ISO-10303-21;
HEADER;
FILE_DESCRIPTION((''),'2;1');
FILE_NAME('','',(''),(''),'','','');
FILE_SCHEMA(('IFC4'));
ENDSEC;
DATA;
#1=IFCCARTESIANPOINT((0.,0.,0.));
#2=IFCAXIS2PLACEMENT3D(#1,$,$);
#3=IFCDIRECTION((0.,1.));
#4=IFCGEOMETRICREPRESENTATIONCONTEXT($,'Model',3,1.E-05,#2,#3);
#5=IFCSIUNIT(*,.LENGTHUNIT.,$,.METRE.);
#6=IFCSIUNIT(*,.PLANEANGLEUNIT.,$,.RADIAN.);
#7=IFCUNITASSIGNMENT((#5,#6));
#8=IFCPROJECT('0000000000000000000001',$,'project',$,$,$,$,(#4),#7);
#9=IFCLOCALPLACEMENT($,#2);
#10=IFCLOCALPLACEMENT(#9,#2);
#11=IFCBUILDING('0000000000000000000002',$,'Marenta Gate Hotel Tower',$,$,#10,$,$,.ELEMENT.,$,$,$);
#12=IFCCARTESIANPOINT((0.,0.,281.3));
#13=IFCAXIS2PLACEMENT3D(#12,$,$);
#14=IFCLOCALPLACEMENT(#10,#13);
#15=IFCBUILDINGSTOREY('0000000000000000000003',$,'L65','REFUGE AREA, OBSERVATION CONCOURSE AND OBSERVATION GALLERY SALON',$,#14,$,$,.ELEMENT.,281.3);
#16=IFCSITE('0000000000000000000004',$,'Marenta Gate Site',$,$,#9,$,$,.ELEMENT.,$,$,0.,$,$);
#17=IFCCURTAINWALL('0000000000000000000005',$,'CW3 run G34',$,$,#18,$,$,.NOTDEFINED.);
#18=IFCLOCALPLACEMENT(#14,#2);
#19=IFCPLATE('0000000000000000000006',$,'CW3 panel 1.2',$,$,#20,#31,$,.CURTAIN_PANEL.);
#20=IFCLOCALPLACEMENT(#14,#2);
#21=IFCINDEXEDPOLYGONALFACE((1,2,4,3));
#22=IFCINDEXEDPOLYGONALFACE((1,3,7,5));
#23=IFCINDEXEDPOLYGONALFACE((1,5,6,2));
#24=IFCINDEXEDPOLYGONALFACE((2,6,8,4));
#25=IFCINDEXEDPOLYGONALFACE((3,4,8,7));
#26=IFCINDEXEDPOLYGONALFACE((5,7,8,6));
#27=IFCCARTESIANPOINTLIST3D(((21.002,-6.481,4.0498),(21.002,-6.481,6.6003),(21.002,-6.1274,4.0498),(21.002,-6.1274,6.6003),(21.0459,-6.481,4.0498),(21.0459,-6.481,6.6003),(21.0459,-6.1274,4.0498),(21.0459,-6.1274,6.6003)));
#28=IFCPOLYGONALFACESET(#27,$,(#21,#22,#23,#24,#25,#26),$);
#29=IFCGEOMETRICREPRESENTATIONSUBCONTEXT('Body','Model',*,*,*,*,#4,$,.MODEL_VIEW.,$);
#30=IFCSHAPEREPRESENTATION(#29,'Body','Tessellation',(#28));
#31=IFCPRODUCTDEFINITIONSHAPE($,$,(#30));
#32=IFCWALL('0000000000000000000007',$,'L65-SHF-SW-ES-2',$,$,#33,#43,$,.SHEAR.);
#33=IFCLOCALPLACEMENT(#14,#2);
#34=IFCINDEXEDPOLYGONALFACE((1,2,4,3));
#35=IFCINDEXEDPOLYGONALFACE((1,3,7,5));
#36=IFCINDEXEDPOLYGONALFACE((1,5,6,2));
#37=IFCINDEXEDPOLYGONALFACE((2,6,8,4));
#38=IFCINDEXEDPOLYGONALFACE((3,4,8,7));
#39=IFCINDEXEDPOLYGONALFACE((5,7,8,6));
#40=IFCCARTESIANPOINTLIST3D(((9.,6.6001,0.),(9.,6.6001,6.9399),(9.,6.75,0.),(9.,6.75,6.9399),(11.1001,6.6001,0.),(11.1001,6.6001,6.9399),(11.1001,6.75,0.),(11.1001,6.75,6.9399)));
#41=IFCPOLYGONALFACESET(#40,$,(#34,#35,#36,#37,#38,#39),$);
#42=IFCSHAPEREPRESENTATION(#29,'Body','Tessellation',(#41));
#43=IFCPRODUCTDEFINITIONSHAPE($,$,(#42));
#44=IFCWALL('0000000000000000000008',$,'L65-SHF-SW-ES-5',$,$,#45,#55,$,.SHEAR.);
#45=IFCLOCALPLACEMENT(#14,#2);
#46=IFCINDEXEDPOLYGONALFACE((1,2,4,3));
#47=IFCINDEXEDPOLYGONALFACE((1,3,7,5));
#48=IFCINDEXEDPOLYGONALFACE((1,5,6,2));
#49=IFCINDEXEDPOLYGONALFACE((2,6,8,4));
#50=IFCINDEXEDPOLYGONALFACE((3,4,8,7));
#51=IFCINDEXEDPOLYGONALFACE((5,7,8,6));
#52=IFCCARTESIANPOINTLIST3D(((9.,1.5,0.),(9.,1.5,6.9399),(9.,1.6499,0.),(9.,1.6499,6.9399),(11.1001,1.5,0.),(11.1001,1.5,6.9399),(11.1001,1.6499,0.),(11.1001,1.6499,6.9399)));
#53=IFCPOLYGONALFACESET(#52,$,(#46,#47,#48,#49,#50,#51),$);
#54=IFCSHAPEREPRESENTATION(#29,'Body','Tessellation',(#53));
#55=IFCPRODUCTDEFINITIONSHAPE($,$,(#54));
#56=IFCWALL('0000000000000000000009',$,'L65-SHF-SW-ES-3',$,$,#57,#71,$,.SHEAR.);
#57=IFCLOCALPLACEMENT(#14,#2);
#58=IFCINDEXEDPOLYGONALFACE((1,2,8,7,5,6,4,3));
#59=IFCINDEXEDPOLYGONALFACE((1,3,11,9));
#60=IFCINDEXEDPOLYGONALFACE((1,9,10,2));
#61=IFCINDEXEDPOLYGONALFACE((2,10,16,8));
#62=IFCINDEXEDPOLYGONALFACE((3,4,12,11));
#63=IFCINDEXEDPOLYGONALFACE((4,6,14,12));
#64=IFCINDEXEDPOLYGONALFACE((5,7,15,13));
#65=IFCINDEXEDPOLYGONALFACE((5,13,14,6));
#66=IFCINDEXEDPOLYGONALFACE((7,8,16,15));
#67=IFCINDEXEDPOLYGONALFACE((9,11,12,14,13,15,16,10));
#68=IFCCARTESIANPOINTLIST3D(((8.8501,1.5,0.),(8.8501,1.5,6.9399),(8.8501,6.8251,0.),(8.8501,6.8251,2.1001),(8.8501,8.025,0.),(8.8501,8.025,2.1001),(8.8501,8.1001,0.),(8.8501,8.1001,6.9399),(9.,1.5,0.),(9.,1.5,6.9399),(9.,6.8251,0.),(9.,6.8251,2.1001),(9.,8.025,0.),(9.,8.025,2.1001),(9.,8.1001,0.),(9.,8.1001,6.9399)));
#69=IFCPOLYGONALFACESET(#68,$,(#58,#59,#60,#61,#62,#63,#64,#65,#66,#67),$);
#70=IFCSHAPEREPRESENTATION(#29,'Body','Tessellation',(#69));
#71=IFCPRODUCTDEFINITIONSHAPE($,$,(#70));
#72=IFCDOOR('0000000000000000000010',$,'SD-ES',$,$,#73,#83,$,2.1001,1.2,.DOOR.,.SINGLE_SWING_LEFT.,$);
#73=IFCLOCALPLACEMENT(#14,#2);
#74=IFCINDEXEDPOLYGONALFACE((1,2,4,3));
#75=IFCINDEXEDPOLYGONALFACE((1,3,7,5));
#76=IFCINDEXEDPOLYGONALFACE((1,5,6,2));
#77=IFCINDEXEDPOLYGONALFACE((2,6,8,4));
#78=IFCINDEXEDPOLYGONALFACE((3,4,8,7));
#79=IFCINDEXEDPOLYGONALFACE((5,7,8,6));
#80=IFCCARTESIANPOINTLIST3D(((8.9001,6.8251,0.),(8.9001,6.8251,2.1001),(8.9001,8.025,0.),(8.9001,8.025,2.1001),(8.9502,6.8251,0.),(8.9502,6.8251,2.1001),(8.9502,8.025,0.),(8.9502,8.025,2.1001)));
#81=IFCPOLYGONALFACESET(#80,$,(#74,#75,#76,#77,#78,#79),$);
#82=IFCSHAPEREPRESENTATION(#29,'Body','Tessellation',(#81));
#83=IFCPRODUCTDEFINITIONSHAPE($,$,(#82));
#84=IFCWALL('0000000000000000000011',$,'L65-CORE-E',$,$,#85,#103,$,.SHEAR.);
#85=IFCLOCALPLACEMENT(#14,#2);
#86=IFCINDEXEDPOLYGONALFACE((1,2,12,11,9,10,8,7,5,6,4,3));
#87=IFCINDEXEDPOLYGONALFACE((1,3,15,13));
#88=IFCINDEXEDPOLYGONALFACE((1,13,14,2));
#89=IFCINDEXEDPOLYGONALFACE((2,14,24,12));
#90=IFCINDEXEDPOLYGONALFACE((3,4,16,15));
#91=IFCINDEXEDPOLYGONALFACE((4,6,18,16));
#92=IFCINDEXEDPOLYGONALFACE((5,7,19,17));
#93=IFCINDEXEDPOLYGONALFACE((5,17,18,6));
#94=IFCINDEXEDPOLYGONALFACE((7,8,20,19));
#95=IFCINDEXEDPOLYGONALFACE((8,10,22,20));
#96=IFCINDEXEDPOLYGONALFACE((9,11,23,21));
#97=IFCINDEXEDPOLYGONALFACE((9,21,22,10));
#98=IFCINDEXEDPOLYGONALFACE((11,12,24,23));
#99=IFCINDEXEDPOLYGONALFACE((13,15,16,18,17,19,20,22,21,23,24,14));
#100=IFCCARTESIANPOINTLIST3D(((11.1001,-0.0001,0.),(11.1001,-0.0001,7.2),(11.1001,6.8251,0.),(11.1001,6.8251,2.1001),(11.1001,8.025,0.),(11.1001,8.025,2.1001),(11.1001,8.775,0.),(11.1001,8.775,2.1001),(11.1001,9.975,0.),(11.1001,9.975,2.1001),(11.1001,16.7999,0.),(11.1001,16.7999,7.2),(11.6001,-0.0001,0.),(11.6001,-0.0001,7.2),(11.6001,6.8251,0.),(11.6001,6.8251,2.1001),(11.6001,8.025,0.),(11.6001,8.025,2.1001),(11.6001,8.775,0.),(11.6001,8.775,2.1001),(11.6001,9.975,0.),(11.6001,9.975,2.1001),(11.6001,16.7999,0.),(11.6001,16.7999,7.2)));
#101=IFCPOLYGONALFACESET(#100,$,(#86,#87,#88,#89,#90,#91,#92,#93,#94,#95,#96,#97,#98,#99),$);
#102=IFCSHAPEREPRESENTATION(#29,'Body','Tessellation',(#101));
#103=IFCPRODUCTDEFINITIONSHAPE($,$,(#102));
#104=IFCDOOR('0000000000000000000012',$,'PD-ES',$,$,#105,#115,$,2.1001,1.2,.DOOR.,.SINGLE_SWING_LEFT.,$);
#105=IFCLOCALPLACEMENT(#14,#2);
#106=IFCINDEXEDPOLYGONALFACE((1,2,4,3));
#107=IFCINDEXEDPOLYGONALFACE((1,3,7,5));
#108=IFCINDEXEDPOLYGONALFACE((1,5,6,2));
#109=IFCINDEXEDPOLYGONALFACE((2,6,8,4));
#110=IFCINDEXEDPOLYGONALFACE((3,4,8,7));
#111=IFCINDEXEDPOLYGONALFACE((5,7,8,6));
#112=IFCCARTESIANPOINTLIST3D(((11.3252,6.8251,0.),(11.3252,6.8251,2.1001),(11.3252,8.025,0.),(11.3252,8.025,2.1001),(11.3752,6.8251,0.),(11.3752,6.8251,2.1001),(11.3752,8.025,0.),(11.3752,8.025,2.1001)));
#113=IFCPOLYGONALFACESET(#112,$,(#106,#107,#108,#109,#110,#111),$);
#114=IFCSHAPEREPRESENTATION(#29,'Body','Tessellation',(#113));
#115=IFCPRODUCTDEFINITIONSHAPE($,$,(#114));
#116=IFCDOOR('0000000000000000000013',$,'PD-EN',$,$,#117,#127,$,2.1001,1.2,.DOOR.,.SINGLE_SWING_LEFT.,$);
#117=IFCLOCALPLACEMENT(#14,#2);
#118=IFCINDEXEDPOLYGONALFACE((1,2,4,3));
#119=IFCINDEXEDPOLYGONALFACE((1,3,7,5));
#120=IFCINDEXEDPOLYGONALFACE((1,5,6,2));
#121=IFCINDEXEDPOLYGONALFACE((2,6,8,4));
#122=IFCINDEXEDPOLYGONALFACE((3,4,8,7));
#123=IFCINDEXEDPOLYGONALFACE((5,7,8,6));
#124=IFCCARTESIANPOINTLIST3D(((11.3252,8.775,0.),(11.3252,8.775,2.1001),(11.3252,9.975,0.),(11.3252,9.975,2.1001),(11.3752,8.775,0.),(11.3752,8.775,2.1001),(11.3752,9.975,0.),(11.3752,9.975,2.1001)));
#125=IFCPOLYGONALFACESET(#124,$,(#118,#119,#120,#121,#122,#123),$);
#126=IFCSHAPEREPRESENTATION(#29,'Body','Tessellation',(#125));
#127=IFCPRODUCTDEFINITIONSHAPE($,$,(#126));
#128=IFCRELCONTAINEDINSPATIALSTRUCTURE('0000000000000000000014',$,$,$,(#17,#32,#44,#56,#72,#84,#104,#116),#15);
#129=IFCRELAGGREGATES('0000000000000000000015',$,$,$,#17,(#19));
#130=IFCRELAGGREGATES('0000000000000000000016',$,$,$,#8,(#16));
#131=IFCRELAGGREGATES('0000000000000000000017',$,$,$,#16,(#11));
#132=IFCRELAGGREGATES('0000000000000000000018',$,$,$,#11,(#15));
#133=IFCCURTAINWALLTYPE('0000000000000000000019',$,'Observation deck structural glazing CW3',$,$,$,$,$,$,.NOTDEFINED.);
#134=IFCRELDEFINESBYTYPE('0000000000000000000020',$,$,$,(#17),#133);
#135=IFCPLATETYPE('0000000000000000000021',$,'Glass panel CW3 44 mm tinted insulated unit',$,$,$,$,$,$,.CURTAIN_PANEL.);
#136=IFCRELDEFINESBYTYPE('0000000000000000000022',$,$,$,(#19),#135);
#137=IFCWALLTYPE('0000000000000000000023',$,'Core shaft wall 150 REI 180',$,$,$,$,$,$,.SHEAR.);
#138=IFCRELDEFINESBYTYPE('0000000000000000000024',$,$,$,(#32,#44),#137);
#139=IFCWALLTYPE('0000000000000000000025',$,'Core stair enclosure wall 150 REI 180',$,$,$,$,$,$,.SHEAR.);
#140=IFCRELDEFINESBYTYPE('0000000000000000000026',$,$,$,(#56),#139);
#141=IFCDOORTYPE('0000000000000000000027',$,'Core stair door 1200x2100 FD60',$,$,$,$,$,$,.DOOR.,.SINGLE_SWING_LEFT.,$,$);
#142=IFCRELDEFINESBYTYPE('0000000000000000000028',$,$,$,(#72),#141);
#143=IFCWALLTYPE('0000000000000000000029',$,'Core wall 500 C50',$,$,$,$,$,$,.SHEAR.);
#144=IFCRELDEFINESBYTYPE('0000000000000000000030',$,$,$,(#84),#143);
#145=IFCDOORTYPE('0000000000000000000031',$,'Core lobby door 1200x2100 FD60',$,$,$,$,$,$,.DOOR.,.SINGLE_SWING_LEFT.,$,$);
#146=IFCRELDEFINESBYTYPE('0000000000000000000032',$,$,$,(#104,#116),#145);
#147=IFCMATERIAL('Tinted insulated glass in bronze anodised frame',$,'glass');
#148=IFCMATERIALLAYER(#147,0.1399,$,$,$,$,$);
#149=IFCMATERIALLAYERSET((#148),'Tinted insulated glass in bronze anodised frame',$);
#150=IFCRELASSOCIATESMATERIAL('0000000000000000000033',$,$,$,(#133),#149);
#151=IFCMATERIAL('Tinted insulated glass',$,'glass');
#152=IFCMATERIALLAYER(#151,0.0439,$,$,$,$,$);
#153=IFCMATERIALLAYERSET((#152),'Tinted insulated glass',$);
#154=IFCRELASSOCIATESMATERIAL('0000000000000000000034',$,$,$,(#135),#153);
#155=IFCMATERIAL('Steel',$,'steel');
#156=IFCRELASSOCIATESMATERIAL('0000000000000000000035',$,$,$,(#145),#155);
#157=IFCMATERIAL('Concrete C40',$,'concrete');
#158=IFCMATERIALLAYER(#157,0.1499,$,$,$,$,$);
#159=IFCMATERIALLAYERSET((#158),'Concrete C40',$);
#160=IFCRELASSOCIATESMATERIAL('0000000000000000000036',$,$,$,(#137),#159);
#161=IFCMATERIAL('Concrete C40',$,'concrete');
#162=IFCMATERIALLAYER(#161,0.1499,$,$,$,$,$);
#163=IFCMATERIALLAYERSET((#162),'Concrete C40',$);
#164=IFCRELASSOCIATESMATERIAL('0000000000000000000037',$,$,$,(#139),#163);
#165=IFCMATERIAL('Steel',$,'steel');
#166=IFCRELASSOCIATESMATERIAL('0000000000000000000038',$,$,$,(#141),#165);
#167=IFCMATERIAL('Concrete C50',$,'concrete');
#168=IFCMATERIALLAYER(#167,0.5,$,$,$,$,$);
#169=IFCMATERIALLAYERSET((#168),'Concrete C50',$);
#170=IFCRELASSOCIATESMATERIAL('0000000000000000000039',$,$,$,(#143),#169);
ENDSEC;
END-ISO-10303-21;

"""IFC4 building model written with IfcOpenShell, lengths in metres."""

from ifc_helpers import new_model, si_unit, direction, frame, frame_2d, origin, origin_2d, place, context, subcontext, project, spatial, rectangle, extrude, material, layer, layer_set, type_object, element, fill, aggregate, save


model = new_model("IFC4")

# Units and contexts
model_context = context("Model", 3, precision=1e-05, world=origin(), true_north=direction((0.0, 1.0)))
body_context = subcontext(model_context, "Body", "Model", "MODEL_VIEW")
ifc_project = project(units=[si_unit("LENGTHUNIT", "METRE"), si_unit("PLANEANGLEUNIT", "RADIAN")], contexts=[model_context])

# Site, building, storey
site_placement = place(None, origin())
site = spatial("IfcSite", under=ifc_project, at=site_placement, Name="Marenta Gate Site", CompositionType="ELEMENT", RefElevation=0.0)
building_placement = place(site_placement, origin())
building = spatial("IfcBuilding", under=site, at=building_placement, Name="Marenta Gate Hotel Tower", CompositionType="ELEMENT")
storey_placement = place(building_placement, frame((0.0, 0.0, 281.3)))
storey = spatial("IfcBuildingStorey", under=building, at=storey_placement, Name="L65", Description="REFUGE AREA, OBSERVATION CONCOURSE AND OBSERVATION GALLERY SALON", CompositionType="ELEMENT", Elevation=281.3)

# Curtain wall, plate
ifc_material_1 = material(Name="Tinted insulated glass in bronze anodised frame", Category="glass")
ifc_layer_1 = layer(ifc_material_1, 0.1399)
ifc_layer_set_1 = layer_set([ifc_layer_1], Name="Tinted insulated glass in bronze anodised frame")
curtain_wall_type = type_object("IfcCurtainWallType", Name="Observation deck structural glazing CW3", PredefinedType="NOTDEFINED", material=ifc_layer_set_1)
curtain_wall_placement = place(storey_placement, origin())
curtain_wall = element("IfcCurtainWall", 1, at=curtain_wall_placement, inside=storey, type_object=curtain_wall_type, Name="CW3 run G34", PredefinedType="NOTDEFINED")
ifc_material_2 = material(Name="Tinted insulated glass", Category="glass")
ifc_layer_2 = layer(ifc_material_2, 0.0439)
ifc_layer_set_2 = layer_set([ifc_layer_2], Name="Tinted insulated glass")
plate_type = type_object("IfcPlateType", Name="Glass panel CW3 44 mm tinted insulated unit", PredefinedType="CURTAIN_PANEL", material=ifc_layer_set_2)
plate_1_placement = place(storey_placement, frame((21.0239, -6.3042, 4.0498), z_axis=(0.0, 0.0, 1.0), x_axis=(0.0, 1.0, 0.0)))
plate_1 = element("IfcPlate", 2, at=plate_1_placement, type_object=plate_type, Name="CW3 panel 1.2", PredefinedType="CURTAIN_PANEL", context=body_context, shape_type="SweptSolid", body=[
    extrude(rectangle(XDim=0.3535, YDim=0.0439, at=origin_2d()), origin(), (0.0, 0.0, 1.0), 2.5505),
])
aggregate(curtain_wall, [plate_1])

# Shared definitions
ifc_material_3 = material(Name="Steel", Category="steel")
door_type_1 = type_object("IfcDoorType", Name="Core lobby door 1200x2100 FD60", OperationType="SINGLE_SWING_LEFT", PredefinedType="DOOR", material=ifc_material_3)

# Walls
ifc_material_4 = material(Name="Concrete C40", Category="concrete")
ifc_layer_3 = layer(ifc_material_4, 0.1499)
ifc_layer_set_3 = layer_set([ifc_layer_3], Name="Concrete C40")
wall_type_1 = type_object("IfcWallType", Name="Core shaft wall 150 REI 180", PredefinedType="SHEAR", material=ifc_layer_set_3)
for number, where, z_axis, x_axis, name in (
    (3, (9.0, 6.675, 0.0), (0.0, 0.0, 1.0), (1.0, 0.0, 0.0), "L65-SHF-SW-ES-2"),
    (4, (9.0, 1.575, 0.0), (0.0, 0.0, 1.0), (1.0, 0.0, 0.0), "L65-SHF-SW-ES-5"),
):
    element("IfcWall", number, at=place(storey_placement, frame(where, z_axis=z_axis, x_axis=x_axis)), inside=storey, type_object=wall_type_1, Name=name, PredefinedType="SHEAR", context=body_context, shape_type="SweptSolid", body=[
        extrude(rectangle(XDim=2.1001, YDim=0.1499, at=frame_2d((1.05, 0.0))), origin(), (0.0, 0.0, 1.0), 6.9399),
    ])

# Wall, opening, door
ifc_material_5 = material(Name="Concrete C40", Category="concrete")
ifc_layer_4 = layer(ifc_material_5, 0.1499)
ifc_layer_set_4 = layer_set([ifc_layer_4], Name="Concrete C40")
wall_type_2 = type_object("IfcWallType", Name="Core stair enclosure wall 150 REI 180", PredefinedType="SHEAR", material=ifc_layer_set_4)
wall_1_placement = place(storey_placement, frame((8.925, 1.5, 0.0), z_axis=(0.0, 0.0, 1.0), x_axis=(0.0, 1.0, 0.0)))
wall_1 = element("IfcWall", 5, at=wall_1_placement, inside=storey, type_object=wall_type_2, Name="L65-SHF-SW-ES-3", PredefinedType="SHEAR", context=body_context, shape_type="SweptSolid", body=[
    extrude(rectangle(XDim=6.6001, YDim=0.1499, at=frame_2d((3.3, 0.0))), origin(), (0.0, 0.0, 1.0), 6.9399),
])
opening_1_placement = place(wall_1_placement, frame((5.325, 0.0, 0.0)))
opening_1 = element("IfcOpeningElement", 6, at=opening_1_placement, cuts=wall_1, PredefinedType="OPENING", context=body_context, shape_type="SweptSolid", body=[
    extrude(rectangle(XDim=1.2, YDim=2.1001, at=frame_2d((0.6001, 1.05))), frame((0.0, 0.075, 0.0), z_axis=(0.0, -1.0, 0.0), x_axis=(1.0, 0.0, 0.0)), (0.0, 0.0, 1.0), 0.1499),
])
ifc_material_6 = material(Name="Steel", Category="steel")
door_type_2 = type_object("IfcDoorType", Name="Core stair door 1200x2100 FD60", OperationType="SINGLE_SWING_LEFT", PredefinedType="DOOR", material=ifc_material_6)
door_1_placement = place(opening_1_placement, origin())
door_1 = element("IfcDoor", 7, at=door_1_placement, inside=storey, type_object=door_type_2, Name="SD-ES", OperationType="SINGLE_SWING_LEFT", OverallHeight=2.1001, OverallWidth=1.2, PredefinedType="DOOR", context=body_context, shape_type="SweptSolid", body=[
    extrude(rectangle(XDim=1.2, YDim=2.1001, at=frame_2d((0.6001, 1.05))), frame((0.0, 0.0249, 0.0), z_axis=(0.0, -1.0, 0.0), x_axis=(1.0, 0.0, 0.0)), (0.0, 0.0, 1.0), 0.05),
])
fill(opening_1, door_1)

# Wall, openings, doors
ifc_material_7 = material(Name="Concrete C50", Category="concrete")
ifc_layer_5 = layer(ifc_material_7, 0.5)
ifc_layer_set_5 = layer_set([ifc_layer_5], Name="Concrete C50")
wall_type_3 = type_object("IfcWallType", Name="Core wall 500 C50", PredefinedType="SHEAR", material=ifc_layer_set_5)
wall_2_placement = place(storey_placement, frame((11.3501, 0.0, 0.0), z_axis=(0.0, 0.0, 1.0), x_axis=(0.0, 1.0, 0.0)))
wall_2 = element("IfcWall", 8, at=wall_2_placement, inside=storey, type_object=wall_type_3, Name="L65-CORE-E", PredefinedType="SHEAR", context=body_context, shape_type="SweptSolid", body=[
    extrude(rectangle(XDim=16.8, YDim=0.5, at=frame_2d((8.3999, 0.0))), origin(), (0.0, 0.0, 1.0), 7.2),
])
opening_2_placement = place(wall_2_placement, frame((6.825, 0.0, 0.0)))
opening_2 = element("IfcOpeningElement", 9, at=opening_2_placement, cuts=wall_2, PredefinedType="OPENING", context=body_context, shape_type="SweptSolid", body=[
    extrude(rectangle(XDim=1.2, YDim=2.1001, at=frame_2d((0.6001, 1.05))), frame((0.0, 0.25, 0.0), z_axis=(0.0, -1.0, 0.0), x_axis=(1.0, 0.0, 0.0)), (0.0, 0.0, 1.0), 0.5),
])
opening_3_placement = place(wall_2_placement, frame((8.7749, 0.0, 0.0)))
opening_3 = element("IfcOpeningElement", 10, at=opening_3_placement, cuts=wall_2, PredefinedType="OPENING", context=body_context, shape_type="SweptSolid", body=[
    extrude(rectangle(XDim=1.2, YDim=2.1001, at=frame_2d((0.6001, 1.05))), frame((0.0, 0.25, 0.0), z_axis=(0.0, -1.0, 0.0), x_axis=(1.0, 0.0, 0.0)), (0.0, 0.0, 1.0), 0.5),
])
door_2_placement = place(opening_2_placement, origin())
door_2 = element("IfcDoor", 11, at=door_2_placement, inside=storey, type_object=door_type_1, Name="PD-ES", OperationType="SINGLE_SWING_LEFT", OverallHeight=2.1001, OverallWidth=1.2, PredefinedType="DOOR", context=body_context, shape_type="SweptSolid", body=[
    extrude(rectangle(XDim=1.2, YDim=2.1001, at=frame_2d((0.6001, 1.05))), frame((0.0, 0.0249, 0.0), z_axis=(0.0, -1.0, 0.0), x_axis=(1.0, 0.0, 0.0)), (0.0, 0.0, 1.0), 0.05),
])
fill(opening_2, door_2)
door_3_placement = place(opening_3_placement, origin())
door_3 = element("IfcDoor", 12, at=door_3_placement, inside=storey, type_object=door_type_1, Name="PD-EN", OperationType="SINGLE_SWING_LEFT", OverallHeight=2.1001, OverallWidth=1.2, PredefinedType="DOOR", context=body_context, shape_type="SweptSolid", body=[
    extrude(rectangle(XDim=1.2, YDim=2.1001, at=frame_2d((0.6001, 1.05))), frame((0.0, 0.0249, 0.0), z_axis=(0.0, -1.0, 0.0), x_axis=(1.0, 0.0, 0.0)), (0.0, 0.0, 1.0), 0.05),
])
fill(opening_3, door_3)

save(model, "model.ifc")
